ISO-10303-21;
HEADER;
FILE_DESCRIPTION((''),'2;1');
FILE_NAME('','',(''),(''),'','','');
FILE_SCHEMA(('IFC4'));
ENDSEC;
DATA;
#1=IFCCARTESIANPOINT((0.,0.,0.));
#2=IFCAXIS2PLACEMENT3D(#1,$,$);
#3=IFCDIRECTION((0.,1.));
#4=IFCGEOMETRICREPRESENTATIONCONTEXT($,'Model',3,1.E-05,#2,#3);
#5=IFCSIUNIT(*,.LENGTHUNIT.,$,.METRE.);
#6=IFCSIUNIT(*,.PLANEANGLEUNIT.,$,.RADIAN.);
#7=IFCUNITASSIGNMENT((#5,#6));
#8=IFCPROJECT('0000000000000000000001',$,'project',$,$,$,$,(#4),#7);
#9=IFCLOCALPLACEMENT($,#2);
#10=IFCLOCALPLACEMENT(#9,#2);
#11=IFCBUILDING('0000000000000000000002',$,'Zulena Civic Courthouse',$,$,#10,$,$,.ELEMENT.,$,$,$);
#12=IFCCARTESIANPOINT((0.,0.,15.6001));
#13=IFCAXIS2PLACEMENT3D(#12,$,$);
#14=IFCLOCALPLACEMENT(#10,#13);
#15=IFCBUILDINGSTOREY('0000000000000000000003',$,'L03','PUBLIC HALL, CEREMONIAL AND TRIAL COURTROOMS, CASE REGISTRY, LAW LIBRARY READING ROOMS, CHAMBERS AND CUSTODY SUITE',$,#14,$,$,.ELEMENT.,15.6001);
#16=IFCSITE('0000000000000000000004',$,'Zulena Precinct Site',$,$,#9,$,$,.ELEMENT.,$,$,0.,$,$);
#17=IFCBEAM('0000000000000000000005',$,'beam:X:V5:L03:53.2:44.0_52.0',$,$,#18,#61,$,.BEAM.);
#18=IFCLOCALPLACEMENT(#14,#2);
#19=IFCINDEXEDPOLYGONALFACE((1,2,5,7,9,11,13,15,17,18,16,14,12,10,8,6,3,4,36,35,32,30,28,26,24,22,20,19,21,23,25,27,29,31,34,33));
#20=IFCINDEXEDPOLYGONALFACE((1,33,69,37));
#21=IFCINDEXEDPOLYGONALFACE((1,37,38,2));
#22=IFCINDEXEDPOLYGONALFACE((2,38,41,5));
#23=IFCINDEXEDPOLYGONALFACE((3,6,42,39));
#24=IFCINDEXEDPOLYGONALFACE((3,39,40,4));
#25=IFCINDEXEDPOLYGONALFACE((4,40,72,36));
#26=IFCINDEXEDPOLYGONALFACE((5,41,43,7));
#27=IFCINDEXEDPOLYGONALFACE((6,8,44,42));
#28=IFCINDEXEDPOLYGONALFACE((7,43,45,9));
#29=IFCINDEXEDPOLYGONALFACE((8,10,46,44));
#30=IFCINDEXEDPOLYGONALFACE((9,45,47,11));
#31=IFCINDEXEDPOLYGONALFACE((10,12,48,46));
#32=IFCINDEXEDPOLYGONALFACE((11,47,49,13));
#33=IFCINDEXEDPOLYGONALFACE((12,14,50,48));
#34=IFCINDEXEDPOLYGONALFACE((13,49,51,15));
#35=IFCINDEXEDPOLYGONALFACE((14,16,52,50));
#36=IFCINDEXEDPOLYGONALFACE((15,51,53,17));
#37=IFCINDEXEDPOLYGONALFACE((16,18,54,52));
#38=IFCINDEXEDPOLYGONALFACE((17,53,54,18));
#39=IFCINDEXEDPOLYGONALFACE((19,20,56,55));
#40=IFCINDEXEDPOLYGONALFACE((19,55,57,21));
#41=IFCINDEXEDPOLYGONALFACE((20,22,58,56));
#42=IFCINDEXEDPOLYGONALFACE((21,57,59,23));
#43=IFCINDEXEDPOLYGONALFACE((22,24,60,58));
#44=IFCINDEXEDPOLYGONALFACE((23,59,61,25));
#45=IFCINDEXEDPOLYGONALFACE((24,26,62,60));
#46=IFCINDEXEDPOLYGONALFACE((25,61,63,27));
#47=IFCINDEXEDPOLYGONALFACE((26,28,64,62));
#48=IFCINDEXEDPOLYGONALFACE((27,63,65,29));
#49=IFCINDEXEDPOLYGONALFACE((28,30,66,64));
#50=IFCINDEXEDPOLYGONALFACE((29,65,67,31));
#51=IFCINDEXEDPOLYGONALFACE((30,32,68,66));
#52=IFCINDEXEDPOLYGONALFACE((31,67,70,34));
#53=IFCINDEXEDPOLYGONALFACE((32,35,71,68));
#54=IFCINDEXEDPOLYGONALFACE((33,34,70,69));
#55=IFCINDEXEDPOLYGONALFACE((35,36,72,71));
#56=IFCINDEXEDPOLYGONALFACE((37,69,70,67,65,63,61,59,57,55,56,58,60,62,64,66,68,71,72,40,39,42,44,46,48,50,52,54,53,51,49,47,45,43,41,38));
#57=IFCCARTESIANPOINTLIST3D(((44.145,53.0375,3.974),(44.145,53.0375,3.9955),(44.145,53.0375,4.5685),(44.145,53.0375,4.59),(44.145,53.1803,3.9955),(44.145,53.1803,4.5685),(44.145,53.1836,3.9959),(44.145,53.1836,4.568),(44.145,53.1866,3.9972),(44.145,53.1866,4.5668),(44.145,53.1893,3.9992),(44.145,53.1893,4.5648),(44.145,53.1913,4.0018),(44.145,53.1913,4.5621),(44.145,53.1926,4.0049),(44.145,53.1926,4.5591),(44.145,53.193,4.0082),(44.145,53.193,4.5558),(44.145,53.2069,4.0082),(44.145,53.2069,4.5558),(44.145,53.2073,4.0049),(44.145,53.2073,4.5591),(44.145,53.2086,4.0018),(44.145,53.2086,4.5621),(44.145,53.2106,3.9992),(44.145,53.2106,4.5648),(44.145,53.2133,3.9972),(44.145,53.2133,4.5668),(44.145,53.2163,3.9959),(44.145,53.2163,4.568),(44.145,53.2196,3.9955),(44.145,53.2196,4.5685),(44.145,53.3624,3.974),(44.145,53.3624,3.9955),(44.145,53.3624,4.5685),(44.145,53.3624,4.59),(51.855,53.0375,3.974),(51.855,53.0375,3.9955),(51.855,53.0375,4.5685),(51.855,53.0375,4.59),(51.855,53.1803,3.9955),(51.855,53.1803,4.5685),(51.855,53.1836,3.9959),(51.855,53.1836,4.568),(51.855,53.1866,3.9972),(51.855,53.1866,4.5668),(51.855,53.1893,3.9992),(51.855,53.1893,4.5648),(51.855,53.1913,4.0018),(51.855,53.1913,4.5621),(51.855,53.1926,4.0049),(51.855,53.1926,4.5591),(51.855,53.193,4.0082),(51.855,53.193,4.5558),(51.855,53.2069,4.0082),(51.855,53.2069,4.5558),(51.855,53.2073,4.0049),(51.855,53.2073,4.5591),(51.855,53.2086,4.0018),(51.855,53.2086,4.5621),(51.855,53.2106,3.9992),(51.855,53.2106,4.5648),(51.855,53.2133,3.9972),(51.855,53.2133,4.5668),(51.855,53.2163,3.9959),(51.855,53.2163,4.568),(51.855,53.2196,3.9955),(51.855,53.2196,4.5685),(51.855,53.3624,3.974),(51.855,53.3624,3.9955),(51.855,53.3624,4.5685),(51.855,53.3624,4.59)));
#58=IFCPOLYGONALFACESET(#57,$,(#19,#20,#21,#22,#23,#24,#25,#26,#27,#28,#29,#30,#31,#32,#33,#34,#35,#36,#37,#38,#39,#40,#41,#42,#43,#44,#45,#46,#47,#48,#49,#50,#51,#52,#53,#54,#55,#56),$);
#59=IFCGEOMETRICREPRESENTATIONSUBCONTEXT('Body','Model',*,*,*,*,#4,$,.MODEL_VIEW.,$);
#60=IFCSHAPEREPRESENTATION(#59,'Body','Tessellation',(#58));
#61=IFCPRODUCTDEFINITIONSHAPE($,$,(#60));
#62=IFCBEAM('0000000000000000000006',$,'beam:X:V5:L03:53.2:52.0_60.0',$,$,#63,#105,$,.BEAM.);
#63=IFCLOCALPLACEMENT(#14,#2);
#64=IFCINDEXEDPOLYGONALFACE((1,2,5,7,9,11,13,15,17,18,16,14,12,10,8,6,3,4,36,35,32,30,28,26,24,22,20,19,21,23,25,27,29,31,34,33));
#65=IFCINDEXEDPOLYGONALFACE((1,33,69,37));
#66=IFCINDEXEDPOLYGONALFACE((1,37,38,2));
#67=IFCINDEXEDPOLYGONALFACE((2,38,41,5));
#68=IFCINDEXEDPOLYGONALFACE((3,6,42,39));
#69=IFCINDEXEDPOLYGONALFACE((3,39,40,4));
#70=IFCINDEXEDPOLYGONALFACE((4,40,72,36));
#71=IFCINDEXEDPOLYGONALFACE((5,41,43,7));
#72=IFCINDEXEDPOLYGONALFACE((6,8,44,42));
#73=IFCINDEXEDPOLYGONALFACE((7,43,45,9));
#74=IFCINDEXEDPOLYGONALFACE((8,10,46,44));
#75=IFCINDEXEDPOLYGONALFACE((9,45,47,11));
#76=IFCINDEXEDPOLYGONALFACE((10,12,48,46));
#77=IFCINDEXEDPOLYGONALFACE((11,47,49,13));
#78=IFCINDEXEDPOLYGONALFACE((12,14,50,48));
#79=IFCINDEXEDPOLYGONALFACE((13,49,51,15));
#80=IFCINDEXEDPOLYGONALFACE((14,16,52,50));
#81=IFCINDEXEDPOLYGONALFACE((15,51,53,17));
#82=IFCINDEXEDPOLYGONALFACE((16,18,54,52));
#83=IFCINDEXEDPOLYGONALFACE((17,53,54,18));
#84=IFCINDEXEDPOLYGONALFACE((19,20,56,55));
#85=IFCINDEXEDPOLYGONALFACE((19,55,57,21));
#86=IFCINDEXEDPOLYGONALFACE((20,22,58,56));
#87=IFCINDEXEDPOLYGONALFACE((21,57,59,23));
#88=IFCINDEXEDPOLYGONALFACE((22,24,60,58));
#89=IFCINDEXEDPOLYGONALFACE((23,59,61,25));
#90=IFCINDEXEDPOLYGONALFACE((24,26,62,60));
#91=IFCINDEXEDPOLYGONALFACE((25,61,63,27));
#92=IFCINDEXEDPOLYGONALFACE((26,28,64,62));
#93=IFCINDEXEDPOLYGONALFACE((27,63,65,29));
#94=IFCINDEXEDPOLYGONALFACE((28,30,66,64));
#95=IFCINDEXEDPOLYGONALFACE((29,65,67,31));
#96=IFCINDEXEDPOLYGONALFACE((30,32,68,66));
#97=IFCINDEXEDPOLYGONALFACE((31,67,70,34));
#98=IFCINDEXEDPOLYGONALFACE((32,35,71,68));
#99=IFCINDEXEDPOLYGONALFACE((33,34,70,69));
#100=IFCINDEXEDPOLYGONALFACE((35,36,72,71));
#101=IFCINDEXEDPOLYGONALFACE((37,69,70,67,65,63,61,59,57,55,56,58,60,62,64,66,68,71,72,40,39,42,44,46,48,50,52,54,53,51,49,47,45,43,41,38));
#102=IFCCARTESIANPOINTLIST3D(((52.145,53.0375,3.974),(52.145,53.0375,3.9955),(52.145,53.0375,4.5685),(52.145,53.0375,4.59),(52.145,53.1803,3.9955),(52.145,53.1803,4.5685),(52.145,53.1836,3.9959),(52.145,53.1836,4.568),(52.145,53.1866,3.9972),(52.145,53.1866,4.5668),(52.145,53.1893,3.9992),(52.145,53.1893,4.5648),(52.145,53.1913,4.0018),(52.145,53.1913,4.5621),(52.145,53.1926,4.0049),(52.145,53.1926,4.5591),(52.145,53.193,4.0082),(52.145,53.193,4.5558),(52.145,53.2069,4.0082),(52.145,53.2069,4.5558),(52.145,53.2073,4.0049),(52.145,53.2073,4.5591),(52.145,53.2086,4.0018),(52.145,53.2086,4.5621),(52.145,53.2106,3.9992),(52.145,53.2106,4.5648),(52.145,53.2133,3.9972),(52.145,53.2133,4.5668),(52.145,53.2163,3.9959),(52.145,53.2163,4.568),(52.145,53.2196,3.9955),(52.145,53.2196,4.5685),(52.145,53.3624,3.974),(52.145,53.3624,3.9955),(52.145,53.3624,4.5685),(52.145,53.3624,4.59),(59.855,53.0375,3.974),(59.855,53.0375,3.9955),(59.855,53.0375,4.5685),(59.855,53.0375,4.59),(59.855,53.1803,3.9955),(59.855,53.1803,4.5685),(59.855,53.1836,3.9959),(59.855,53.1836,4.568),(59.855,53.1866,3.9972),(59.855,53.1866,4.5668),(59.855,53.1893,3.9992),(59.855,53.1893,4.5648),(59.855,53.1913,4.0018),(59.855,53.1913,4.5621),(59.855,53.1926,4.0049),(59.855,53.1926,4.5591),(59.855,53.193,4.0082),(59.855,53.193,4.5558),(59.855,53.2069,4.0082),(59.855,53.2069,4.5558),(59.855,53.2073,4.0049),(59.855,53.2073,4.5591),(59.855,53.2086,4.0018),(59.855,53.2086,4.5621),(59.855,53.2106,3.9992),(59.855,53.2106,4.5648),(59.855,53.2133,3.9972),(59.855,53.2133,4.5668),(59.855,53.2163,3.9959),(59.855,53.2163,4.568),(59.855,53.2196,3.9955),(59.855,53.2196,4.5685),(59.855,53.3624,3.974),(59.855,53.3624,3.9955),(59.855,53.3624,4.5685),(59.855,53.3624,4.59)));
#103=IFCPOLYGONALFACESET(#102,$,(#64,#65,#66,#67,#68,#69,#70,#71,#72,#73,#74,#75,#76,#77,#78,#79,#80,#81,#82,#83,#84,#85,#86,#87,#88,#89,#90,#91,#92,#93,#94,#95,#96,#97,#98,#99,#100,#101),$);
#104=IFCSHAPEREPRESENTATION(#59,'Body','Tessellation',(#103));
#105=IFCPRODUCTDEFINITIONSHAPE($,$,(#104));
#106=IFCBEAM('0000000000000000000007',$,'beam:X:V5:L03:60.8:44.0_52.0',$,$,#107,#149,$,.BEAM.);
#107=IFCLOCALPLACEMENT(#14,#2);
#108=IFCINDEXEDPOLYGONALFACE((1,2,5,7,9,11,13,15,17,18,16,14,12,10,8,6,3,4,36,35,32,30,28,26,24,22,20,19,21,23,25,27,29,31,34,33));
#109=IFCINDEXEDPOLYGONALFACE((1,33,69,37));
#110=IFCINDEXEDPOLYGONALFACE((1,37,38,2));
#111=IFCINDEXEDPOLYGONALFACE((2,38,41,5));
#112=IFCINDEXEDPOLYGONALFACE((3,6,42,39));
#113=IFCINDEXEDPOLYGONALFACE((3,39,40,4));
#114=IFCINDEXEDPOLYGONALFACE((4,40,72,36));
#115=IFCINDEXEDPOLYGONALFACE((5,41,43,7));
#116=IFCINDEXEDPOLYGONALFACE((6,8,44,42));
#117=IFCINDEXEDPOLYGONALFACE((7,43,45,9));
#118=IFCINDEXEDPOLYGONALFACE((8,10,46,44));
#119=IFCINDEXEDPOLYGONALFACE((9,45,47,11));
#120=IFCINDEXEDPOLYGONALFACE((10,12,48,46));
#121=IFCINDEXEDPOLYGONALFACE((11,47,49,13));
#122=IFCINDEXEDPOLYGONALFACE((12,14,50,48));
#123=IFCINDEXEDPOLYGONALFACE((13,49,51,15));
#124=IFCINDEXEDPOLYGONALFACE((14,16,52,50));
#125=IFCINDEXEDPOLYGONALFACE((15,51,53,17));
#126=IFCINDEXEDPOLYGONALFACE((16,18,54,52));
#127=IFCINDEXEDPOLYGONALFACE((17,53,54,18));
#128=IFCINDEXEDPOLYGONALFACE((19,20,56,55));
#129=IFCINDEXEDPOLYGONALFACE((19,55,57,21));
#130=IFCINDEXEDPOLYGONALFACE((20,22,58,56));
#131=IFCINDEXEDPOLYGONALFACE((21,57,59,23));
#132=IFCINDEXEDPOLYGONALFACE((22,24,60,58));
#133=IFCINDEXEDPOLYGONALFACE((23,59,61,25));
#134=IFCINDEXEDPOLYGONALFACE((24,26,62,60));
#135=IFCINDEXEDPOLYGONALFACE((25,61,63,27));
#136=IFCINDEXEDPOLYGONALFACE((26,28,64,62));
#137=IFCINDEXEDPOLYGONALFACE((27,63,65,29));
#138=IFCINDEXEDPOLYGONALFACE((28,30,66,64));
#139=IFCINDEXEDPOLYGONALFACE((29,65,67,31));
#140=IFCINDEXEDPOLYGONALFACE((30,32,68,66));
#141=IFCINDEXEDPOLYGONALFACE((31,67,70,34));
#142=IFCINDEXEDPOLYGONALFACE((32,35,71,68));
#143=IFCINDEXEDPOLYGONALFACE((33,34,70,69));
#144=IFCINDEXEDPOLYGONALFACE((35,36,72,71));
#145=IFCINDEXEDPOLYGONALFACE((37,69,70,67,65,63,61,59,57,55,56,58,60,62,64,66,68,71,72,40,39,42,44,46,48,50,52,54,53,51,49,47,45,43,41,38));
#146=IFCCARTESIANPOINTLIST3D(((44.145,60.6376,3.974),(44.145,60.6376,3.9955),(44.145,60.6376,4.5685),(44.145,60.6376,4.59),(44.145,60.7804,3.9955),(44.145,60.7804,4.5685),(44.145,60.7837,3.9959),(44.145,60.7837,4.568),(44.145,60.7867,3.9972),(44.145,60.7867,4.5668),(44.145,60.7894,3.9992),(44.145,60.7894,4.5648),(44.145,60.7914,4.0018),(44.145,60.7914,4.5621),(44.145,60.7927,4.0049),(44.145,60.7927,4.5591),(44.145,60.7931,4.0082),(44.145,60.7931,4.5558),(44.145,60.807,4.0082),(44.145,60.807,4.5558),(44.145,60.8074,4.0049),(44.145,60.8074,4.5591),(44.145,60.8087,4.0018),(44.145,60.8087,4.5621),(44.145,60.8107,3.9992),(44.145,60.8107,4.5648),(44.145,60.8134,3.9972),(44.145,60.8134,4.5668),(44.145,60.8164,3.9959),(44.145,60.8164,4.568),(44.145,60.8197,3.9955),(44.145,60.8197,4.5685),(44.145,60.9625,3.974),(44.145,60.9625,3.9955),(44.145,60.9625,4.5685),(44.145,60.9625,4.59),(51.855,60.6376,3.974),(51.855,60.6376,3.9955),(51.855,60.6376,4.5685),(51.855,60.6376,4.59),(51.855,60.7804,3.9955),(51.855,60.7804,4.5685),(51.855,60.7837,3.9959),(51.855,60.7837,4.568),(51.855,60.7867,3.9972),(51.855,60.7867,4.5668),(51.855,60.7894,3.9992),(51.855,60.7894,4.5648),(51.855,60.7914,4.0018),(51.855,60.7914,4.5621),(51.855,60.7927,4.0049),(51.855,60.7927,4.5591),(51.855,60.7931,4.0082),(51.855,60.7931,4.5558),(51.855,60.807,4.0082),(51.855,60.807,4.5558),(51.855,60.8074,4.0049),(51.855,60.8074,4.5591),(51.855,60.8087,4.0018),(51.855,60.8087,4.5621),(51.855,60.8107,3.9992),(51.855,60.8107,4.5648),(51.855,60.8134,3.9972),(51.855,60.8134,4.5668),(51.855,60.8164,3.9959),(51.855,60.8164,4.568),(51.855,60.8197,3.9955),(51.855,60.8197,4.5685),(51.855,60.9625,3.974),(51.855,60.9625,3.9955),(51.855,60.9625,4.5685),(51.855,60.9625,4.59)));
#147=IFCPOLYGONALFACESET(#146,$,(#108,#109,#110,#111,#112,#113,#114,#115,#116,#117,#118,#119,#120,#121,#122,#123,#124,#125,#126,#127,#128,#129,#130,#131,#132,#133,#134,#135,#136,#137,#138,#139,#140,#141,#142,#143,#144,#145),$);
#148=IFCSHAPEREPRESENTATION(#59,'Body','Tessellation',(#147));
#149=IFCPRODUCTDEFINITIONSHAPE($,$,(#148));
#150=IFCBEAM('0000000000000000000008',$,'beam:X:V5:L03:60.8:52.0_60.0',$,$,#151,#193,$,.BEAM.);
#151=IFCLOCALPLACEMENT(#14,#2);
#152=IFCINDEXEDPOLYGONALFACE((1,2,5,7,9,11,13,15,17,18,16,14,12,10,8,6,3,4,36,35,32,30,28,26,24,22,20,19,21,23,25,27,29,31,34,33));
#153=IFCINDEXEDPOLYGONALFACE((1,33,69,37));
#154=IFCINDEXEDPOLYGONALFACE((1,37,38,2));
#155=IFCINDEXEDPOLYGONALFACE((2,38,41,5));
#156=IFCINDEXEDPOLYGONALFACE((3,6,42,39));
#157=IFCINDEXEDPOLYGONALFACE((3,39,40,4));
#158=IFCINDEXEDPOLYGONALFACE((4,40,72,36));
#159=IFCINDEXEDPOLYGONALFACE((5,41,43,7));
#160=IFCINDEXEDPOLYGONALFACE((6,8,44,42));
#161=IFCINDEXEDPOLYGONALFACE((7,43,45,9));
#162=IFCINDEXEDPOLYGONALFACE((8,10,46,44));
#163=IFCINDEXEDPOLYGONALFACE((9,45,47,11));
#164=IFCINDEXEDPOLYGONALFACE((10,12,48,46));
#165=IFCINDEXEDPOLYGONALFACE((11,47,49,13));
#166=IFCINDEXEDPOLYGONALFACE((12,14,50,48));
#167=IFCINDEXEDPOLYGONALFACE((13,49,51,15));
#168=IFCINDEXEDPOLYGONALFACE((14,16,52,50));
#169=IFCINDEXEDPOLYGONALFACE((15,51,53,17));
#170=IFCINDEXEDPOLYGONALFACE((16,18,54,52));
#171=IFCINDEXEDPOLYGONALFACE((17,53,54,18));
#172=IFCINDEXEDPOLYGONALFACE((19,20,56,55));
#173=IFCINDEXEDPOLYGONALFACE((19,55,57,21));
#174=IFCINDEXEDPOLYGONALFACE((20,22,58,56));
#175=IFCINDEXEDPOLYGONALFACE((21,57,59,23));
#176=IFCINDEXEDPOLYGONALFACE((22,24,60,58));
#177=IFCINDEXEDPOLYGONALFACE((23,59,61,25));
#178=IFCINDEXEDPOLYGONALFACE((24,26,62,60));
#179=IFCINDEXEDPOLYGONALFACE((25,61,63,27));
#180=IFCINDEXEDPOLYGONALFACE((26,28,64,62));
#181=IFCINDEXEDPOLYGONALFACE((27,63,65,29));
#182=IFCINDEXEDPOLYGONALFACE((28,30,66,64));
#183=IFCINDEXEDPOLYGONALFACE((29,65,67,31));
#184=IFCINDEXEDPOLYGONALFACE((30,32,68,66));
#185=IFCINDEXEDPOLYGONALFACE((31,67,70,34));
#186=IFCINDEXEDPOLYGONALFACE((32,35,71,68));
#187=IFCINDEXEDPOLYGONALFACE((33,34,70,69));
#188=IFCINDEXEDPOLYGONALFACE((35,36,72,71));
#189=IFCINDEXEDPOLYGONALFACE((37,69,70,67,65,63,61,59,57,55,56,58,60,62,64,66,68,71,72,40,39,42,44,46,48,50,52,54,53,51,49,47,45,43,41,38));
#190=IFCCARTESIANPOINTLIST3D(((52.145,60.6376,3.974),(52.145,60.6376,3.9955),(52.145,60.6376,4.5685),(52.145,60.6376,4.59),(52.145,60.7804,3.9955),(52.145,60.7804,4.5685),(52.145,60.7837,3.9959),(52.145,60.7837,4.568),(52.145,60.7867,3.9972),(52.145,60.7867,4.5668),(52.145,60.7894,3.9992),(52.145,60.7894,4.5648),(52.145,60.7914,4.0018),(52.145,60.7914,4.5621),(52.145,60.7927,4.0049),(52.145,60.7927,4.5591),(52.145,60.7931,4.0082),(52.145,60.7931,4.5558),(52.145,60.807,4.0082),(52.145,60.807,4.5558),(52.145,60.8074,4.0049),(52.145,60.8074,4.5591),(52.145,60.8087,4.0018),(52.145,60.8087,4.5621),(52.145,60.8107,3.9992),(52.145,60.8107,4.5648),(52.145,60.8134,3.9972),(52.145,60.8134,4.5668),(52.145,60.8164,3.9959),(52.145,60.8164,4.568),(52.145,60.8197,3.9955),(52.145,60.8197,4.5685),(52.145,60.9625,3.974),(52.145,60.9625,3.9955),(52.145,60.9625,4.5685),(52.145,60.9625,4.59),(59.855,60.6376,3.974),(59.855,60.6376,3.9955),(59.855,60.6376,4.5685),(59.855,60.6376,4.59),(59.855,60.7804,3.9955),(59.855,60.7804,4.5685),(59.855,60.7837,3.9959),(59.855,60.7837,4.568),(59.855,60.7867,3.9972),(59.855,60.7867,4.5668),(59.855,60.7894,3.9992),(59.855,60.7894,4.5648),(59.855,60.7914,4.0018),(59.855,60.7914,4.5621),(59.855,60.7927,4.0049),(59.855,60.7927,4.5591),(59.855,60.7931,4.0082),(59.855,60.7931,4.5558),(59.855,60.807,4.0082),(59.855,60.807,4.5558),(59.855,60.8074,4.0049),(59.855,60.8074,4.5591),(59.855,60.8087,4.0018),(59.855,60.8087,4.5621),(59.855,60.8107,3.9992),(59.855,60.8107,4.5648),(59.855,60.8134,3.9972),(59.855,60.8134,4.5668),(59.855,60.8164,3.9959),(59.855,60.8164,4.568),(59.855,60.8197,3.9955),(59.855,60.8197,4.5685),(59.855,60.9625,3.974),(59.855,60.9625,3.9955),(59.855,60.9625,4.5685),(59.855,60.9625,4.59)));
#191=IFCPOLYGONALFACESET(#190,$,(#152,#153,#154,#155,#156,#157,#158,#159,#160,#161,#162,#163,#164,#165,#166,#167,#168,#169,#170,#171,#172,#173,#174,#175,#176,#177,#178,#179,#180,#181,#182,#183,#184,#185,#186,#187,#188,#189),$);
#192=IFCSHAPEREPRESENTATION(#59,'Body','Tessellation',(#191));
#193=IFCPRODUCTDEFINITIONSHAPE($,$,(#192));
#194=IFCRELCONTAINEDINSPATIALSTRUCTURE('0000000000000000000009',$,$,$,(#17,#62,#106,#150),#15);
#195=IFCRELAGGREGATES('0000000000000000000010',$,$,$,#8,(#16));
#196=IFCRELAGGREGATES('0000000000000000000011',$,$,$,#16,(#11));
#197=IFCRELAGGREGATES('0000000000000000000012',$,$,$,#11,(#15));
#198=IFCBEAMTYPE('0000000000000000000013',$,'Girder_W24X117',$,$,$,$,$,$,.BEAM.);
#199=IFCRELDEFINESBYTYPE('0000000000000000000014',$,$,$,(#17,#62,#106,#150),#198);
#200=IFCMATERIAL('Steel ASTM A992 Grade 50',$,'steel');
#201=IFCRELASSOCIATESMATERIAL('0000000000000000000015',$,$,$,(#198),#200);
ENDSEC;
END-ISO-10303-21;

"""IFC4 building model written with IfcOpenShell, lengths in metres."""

from ifc_helpers import new_model, si_unit, direction, frame, origin, origin_2d, place, context, subcontext, project, spatial, i_section, extrude, material, material_profile, profile_set, type_object, element, save


model = new_model("IFC4")

# Units and contexts
model_context = context("Model", 3, precision=1e-05, world=origin(), true_north=direction((0.0, 1.0)))
body_context = subcontext(model_context, "Body", "Model", "MODEL_VIEW")
ifc_project = project(units=[si_unit("LENGTHUNIT", "METRE"), si_unit("PLANEANGLEUNIT", "RADIAN")], contexts=[model_context])

# Site, building, storey
site_placement = place(None, origin())
site = spatial("IfcSite", under=ifc_project, at=site_placement, Name="Zulena Precinct Site", CompositionType="ELEMENT", RefElevation=0.0)
building_placement = place(site_placement, origin())
building = spatial("IfcBuilding", under=site, at=building_placement, Name="Zulena Civic Courthouse", CompositionType="ELEMENT")
storey_placement = place(building_placement, frame((0.0, 0.0, 15.6001)))
storey = spatial("IfcBuildingStorey", under=building, at=storey_placement, Name="L03", Description="PUBLIC HALL, CEREMONIAL AND TRIAL COURTROOMS, CASE REGISTRY, LAW LIBRARY READING ROOMS, CHAMBERS AND CUSTODY SUITE", CompositionType="ELEMENT", Elevation=15.6001)

# Shared definitions
ifc_material_1 = material(Name="Steel ASTM A992 Grade 50", Category="steel")

# Beams
ifc_material_profile_1 = material_profile(ifc_material_1, i_section(OverallWidth=0.325, OverallDepth=0.616, WebThickness=0.0139, FlangeThickness=0.0215, FilletRadius=0.0127, at=origin_2d()), Name="W24X117")
ifc_profile_set_1 = profile_set([ifc_material_profile_1], Name="Steel ASTM A992 Grade 50")
beam_type_1 = type_object("IfcBeamType", Name="Girder_W24X117", PredefinedType="BEAM", material=ifc_profile_set_1)
for number, where, z_axis, x_axis, name in (
    (1, (44.145, 53.2, 4.282), (1.0, 0.0, 0.0), (0.0, 1.0, 0.0), "beam:X:V5:L03:53.2:44.0_52.0"),
    (2, (52.145, 53.2, 4.282), (1.0, 0.0, 0.0), (0.0, 1.0, 0.0), "beam:X:V5:L03:53.2:52.0_60.0"),
    (3, (44.145, 60.8, 4.282), (1.0, 0.0, 0.0), (0.0, 1.0, 0.0), "beam:X:V5:L03:60.8:44.0_52.0"),
    (4, (52.145, 60.8, 4.282), (1.0, 0.0, 0.0), (0.0, 1.0, 0.0), "beam:X:V5:L03:60.8:52.0_60.0"),
):
    element("IfcBeam", number, at=place(storey_placement, frame(where, z_axis=z_axis, x_axis=x_axis)), inside=storey, type_object=beam_type_1, Name=name, PredefinedType="BEAM", context=body_context, shape_type="SweptSolid", body=[
        extrude(i_section(OverallWidth=0.325, OverallDepth=0.616, WebThickness=0.0139, FlangeThickness=0.0215, FilletRadius=0.0127, at=origin_2d()), origin(), (0.0, 0.0, 1.0), 7.71),
    ])

save(model, "model.ifc")
